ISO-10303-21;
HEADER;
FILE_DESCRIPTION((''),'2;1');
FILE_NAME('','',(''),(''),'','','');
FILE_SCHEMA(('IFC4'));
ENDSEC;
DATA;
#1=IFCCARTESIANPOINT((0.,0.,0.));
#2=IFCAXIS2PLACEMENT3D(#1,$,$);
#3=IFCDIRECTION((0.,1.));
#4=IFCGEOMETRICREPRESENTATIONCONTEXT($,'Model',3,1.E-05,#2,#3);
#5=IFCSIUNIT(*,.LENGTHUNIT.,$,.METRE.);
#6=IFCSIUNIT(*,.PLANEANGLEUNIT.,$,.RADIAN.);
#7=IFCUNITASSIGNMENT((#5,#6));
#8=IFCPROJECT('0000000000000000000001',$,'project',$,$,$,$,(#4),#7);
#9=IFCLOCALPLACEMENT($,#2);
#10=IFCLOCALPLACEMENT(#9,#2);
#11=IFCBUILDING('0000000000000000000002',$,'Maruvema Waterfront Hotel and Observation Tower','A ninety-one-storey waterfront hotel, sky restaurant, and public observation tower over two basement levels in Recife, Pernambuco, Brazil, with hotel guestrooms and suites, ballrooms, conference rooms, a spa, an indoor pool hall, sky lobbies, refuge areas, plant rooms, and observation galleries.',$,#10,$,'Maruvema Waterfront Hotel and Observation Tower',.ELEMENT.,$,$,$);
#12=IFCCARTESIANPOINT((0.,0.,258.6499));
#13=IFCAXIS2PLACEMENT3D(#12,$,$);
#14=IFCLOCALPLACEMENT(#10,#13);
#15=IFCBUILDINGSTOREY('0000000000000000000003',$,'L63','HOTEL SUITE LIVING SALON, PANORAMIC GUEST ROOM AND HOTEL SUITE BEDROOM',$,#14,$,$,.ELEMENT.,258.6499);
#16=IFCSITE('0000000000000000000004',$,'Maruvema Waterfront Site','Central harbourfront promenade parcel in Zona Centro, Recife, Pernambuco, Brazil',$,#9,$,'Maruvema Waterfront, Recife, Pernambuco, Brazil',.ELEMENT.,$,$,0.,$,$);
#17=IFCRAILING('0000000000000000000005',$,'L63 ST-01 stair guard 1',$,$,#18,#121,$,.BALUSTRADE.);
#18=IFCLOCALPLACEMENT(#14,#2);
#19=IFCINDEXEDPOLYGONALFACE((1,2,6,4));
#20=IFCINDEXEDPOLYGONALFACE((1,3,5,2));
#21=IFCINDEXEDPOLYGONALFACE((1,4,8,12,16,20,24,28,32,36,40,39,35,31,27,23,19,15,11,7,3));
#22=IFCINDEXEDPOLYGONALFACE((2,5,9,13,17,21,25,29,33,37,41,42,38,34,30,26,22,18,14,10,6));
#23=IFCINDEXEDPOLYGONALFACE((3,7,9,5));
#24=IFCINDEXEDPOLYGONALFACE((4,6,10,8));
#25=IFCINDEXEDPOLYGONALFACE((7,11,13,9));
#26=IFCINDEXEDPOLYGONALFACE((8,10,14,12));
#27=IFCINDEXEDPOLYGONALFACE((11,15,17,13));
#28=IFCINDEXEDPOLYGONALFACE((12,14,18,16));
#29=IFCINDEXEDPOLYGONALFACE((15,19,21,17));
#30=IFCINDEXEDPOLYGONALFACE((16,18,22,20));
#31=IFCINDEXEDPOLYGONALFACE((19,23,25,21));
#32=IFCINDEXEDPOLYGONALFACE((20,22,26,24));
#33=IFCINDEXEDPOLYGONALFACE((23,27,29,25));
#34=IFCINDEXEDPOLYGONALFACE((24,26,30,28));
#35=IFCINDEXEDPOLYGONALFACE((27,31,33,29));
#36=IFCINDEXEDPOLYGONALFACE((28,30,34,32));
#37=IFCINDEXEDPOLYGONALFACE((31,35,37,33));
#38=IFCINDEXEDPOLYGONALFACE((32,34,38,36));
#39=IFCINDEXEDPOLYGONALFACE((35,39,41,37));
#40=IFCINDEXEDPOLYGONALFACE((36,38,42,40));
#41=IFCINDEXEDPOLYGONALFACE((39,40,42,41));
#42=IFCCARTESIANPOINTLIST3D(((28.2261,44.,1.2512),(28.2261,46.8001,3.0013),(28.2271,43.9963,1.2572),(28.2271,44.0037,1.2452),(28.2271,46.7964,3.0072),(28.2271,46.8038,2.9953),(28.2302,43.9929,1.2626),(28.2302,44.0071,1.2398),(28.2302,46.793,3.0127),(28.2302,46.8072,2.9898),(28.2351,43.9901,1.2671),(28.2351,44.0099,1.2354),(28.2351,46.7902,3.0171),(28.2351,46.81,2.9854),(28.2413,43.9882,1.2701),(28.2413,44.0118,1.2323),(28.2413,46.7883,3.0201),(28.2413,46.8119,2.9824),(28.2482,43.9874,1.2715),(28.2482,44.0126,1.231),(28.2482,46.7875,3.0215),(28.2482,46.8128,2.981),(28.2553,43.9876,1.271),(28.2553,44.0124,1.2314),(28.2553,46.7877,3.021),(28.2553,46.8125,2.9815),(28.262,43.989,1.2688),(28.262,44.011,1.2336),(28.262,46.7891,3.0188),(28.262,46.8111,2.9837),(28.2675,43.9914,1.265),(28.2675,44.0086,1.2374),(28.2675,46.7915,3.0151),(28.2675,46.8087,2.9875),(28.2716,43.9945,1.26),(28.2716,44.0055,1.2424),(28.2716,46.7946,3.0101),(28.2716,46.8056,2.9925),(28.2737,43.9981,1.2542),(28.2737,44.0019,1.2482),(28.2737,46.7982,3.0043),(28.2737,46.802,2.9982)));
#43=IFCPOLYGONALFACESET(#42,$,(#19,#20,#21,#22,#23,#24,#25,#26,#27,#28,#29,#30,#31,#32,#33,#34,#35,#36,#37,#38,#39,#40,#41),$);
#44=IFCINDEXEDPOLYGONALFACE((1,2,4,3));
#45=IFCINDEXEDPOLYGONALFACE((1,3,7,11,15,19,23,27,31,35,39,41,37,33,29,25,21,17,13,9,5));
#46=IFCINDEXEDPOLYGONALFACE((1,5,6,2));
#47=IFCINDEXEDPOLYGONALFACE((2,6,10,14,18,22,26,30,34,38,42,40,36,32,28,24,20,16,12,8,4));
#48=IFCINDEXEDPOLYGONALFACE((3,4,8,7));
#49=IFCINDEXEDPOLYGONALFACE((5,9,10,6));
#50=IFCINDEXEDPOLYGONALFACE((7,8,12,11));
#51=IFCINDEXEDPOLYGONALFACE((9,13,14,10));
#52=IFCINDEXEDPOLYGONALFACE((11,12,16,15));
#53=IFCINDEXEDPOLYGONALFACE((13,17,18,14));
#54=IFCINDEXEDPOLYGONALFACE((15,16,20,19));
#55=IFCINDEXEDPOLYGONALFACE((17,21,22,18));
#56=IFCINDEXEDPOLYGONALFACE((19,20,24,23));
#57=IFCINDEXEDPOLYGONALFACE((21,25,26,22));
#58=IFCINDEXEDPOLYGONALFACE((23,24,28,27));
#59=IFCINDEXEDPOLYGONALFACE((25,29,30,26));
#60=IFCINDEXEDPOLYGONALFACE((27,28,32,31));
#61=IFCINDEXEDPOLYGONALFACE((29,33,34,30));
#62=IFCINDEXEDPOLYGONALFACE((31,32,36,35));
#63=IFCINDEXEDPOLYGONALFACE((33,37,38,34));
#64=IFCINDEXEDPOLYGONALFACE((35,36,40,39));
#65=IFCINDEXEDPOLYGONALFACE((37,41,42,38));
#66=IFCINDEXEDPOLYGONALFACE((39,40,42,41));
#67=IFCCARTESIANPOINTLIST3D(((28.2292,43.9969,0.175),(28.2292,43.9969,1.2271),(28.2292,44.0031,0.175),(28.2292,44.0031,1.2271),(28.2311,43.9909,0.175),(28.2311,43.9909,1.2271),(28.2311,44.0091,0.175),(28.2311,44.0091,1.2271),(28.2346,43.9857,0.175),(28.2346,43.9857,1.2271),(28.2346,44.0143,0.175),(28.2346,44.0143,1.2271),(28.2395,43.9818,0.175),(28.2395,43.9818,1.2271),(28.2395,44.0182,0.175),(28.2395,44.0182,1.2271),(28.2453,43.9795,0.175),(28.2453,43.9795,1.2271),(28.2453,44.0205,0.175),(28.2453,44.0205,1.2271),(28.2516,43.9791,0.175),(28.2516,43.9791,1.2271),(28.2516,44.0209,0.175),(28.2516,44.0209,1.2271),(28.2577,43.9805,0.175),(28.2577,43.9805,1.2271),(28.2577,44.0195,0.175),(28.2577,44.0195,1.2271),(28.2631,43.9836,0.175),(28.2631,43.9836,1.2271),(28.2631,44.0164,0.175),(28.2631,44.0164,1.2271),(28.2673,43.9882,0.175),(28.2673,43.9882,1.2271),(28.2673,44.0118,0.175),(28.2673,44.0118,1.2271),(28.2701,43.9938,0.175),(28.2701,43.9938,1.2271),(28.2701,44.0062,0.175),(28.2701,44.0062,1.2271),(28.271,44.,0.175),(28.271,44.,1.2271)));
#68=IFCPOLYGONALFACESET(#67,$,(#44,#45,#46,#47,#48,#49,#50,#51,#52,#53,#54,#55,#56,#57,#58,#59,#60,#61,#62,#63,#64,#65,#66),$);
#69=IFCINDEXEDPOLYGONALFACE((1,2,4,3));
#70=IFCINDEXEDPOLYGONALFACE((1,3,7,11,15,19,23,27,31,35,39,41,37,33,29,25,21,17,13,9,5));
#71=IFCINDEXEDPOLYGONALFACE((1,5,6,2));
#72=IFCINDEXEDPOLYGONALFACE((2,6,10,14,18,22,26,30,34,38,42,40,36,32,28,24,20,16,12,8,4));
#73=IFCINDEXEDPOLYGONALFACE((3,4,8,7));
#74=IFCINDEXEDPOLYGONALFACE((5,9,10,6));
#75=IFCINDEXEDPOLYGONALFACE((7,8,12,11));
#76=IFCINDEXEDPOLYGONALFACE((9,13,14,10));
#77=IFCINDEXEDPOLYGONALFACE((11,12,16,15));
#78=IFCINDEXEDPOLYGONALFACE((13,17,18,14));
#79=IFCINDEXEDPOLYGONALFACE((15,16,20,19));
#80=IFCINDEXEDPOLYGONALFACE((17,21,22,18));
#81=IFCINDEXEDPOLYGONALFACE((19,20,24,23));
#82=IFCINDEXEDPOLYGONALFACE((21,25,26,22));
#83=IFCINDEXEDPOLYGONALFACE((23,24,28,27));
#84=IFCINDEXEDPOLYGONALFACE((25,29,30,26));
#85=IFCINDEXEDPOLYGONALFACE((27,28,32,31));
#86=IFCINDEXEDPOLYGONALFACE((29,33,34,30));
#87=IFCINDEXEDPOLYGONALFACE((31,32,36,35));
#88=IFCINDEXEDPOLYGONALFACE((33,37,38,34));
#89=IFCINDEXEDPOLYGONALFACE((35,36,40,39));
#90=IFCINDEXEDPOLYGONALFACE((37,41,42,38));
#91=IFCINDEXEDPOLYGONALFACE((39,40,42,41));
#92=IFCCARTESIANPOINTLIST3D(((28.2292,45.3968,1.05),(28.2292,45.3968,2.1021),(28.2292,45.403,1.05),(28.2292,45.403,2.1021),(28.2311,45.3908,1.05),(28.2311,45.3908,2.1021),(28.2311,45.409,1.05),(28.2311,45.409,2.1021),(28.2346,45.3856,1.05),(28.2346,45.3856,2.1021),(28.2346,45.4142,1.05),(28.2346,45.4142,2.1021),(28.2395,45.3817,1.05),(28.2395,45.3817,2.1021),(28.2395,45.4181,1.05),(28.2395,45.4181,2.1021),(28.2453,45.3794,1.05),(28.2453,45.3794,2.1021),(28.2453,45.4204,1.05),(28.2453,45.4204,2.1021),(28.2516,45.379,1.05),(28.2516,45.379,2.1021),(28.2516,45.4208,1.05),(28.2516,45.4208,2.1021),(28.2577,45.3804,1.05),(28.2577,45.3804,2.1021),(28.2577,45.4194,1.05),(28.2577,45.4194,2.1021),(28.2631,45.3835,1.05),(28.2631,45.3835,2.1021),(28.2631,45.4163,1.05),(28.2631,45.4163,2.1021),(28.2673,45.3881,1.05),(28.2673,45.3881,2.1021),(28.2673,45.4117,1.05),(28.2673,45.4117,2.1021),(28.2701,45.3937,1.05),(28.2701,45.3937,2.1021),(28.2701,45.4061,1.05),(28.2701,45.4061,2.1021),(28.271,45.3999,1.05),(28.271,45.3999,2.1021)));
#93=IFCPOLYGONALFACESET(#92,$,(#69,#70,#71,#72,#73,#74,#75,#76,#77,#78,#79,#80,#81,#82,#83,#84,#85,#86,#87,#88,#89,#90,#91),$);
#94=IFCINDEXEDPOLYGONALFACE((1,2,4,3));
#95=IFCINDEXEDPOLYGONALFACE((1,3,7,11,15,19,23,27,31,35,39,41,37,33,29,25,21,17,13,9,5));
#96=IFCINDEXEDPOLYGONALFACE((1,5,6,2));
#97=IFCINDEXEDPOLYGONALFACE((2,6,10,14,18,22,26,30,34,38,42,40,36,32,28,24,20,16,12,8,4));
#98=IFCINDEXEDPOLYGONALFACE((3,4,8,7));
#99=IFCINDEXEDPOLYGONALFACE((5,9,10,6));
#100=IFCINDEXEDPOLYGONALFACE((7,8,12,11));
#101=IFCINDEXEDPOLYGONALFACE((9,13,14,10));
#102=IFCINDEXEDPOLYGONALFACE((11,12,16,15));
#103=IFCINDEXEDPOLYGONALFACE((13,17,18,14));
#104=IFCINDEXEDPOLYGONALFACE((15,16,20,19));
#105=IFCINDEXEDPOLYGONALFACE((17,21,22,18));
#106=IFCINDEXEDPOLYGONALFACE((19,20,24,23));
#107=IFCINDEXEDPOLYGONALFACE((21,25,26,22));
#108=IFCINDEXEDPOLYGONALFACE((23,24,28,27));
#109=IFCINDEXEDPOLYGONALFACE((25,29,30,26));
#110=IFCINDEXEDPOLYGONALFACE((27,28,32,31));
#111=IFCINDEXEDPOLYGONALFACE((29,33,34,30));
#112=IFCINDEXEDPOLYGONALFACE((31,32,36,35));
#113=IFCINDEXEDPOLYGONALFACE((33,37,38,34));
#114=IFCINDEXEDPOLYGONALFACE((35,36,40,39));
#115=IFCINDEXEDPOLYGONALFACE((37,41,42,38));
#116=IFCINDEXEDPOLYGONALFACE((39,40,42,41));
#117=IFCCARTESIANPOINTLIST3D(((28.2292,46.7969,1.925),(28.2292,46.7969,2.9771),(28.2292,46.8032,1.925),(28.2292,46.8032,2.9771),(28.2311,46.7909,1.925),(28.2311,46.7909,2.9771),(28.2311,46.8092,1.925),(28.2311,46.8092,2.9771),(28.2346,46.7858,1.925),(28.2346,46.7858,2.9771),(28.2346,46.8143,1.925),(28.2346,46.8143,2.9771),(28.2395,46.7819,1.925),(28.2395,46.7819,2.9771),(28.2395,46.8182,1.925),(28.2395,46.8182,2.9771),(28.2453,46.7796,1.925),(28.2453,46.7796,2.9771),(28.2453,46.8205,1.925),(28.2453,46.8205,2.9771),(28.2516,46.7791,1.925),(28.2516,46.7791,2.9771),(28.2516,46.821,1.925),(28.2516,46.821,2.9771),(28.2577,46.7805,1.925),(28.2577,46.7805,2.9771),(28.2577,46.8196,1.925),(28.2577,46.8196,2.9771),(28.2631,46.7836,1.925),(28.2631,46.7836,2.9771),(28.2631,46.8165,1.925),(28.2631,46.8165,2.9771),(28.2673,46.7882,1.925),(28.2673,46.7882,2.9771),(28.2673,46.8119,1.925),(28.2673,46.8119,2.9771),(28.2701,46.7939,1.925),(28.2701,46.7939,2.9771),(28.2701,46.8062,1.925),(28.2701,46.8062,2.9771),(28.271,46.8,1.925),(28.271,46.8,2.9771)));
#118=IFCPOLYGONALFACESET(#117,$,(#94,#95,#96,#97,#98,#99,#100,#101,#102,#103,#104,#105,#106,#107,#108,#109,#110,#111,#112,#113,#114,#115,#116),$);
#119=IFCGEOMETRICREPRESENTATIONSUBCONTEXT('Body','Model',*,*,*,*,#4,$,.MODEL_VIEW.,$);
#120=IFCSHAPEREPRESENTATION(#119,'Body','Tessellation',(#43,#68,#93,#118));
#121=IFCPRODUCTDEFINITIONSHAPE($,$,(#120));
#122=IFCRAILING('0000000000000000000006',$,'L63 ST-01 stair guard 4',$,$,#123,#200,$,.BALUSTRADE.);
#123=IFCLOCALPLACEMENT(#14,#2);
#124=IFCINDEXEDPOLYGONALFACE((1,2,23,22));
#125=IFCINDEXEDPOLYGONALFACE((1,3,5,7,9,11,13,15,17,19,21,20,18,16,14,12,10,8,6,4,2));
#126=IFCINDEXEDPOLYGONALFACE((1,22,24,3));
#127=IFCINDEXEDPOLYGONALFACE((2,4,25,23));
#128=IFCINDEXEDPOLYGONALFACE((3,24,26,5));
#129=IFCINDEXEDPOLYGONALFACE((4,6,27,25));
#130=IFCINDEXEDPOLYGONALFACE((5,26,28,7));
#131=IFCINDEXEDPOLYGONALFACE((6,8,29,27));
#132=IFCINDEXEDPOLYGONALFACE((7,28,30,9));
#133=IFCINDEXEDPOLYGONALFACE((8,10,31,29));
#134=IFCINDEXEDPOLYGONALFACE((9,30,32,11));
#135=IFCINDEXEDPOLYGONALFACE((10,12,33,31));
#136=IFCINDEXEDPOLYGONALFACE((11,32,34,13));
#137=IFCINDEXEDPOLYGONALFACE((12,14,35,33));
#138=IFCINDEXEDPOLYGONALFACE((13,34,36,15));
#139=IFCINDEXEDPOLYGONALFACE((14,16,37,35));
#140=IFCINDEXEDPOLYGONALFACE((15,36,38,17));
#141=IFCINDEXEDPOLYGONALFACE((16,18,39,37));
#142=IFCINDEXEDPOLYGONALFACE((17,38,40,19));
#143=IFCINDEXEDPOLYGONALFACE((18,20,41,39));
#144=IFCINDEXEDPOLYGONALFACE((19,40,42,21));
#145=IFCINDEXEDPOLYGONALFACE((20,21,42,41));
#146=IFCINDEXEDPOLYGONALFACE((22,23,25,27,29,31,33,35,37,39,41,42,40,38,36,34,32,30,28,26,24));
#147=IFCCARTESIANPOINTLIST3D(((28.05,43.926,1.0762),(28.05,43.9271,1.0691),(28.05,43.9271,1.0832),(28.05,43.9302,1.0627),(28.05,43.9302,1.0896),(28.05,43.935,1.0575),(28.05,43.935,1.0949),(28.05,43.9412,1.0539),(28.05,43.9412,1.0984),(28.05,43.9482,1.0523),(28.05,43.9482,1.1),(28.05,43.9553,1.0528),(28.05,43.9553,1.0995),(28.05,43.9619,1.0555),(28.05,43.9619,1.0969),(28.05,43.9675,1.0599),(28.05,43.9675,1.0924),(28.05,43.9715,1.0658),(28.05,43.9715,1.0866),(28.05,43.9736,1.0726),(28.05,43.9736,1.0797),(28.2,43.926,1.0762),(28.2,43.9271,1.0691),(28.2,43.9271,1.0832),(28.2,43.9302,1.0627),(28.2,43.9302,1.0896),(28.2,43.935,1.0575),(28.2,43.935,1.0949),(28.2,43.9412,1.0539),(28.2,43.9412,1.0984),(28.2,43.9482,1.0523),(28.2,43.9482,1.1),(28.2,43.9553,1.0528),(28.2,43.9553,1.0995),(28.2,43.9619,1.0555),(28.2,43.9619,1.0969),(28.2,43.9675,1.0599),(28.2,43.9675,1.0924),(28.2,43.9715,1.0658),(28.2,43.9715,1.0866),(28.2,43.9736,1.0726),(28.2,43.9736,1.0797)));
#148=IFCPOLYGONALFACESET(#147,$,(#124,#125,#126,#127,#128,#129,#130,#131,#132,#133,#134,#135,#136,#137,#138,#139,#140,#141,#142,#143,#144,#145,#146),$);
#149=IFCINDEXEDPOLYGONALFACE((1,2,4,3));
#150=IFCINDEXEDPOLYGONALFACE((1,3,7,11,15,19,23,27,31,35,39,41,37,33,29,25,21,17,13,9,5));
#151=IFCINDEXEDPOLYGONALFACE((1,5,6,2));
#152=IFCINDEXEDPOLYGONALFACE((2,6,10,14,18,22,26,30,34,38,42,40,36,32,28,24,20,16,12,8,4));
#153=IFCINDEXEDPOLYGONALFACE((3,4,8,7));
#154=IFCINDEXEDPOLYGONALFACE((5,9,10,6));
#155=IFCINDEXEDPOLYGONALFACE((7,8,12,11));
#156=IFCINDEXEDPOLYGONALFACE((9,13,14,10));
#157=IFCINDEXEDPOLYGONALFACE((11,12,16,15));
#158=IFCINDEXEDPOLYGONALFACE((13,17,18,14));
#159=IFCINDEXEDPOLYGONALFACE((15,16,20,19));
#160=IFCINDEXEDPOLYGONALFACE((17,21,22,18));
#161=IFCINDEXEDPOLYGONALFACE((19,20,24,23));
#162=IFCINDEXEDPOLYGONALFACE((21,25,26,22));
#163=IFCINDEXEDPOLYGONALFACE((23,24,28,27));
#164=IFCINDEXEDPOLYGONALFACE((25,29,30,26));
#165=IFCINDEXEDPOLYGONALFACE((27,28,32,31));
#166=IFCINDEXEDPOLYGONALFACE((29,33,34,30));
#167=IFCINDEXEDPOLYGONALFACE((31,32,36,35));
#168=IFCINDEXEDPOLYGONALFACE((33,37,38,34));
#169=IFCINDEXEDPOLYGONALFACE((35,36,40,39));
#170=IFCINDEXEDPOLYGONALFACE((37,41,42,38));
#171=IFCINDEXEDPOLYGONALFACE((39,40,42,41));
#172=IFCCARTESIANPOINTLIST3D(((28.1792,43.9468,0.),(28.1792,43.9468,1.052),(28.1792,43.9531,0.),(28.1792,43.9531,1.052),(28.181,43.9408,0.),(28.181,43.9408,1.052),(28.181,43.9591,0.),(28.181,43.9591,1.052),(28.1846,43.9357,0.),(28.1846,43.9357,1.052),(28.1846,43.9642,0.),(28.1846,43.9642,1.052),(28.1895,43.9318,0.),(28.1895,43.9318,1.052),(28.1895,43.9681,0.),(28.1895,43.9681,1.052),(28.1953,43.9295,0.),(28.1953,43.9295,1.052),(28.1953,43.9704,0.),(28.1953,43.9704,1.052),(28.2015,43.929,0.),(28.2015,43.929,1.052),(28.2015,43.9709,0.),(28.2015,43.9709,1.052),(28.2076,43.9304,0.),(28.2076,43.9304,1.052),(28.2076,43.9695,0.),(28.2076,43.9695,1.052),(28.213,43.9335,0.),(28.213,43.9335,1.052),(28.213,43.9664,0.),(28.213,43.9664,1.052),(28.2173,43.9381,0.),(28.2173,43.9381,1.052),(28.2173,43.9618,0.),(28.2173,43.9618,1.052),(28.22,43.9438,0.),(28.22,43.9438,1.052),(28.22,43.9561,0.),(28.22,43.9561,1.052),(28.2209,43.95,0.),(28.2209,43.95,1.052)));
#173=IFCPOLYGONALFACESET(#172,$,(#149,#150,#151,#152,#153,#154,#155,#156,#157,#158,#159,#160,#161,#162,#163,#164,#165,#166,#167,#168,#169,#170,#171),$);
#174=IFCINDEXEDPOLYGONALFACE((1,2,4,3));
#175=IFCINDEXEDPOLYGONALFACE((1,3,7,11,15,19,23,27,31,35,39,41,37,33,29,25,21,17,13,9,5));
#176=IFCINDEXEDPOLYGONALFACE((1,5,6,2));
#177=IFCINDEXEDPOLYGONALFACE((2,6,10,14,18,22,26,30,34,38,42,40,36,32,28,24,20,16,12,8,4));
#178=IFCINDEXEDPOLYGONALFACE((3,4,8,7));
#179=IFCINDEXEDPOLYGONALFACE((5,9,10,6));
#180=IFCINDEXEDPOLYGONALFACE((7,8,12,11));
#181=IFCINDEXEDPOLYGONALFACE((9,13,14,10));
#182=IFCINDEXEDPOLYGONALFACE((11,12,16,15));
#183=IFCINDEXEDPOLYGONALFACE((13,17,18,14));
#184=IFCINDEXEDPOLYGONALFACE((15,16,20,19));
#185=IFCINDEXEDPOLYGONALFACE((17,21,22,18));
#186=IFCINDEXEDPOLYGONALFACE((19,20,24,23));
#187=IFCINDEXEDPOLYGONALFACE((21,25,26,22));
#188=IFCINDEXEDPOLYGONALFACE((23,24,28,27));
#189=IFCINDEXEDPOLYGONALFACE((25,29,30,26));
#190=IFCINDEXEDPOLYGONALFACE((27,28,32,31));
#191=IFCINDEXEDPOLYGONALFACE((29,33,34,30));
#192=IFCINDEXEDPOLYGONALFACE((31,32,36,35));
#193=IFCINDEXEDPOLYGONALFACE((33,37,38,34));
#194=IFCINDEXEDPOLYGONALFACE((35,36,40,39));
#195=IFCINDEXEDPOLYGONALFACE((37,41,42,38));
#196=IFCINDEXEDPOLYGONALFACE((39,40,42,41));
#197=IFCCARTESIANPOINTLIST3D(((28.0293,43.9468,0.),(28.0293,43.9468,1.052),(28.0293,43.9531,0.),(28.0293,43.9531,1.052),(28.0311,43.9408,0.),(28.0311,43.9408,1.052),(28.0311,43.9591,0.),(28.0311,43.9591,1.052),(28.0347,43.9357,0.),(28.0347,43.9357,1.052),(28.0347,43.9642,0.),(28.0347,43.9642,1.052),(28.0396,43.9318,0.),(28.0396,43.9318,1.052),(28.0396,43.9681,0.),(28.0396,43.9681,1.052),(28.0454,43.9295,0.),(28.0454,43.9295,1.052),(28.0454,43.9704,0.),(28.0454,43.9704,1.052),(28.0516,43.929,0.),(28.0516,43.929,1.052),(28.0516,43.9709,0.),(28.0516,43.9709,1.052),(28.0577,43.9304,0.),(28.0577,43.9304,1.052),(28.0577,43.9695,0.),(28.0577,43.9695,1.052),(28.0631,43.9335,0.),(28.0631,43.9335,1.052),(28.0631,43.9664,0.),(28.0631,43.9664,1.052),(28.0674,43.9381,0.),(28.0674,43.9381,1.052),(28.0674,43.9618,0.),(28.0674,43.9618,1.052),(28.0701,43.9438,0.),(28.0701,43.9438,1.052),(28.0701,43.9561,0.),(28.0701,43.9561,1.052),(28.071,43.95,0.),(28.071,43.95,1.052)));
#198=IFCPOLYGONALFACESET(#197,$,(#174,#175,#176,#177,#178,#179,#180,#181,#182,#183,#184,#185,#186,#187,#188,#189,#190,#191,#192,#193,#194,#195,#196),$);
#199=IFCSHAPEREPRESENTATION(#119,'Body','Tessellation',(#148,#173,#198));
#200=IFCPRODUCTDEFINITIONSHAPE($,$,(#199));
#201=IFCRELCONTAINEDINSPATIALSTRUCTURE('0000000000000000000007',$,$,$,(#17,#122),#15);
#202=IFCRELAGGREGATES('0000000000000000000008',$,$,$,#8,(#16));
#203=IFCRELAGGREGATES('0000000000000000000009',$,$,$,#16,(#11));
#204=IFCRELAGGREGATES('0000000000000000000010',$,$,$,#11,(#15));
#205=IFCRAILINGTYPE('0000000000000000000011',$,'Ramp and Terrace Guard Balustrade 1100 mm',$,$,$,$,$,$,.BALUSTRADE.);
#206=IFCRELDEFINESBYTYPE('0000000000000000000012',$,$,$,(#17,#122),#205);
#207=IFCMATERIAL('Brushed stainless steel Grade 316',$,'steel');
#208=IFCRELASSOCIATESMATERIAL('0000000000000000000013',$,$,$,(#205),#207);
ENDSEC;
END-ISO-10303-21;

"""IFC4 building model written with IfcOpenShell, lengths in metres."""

from ifc_helpers import new_model, si_unit, direction, frame, origin, origin_2d, place, context, subcontext, project, spatial, circle, extrude, material, type_object, element, save


model = new_model("IFC4")

# Units and contexts
model_context = context("Model", 3, precision=1e-05, world=origin(), true_north=direction((0.0, 1.0)))
body_context = subcontext(model_context, "Body", "Model", "MODEL_VIEW")
ifc_project = project(units=[si_unit("LENGTHUNIT", "METRE"), si_unit("PLANEANGLEUNIT", "RADIAN")], contexts=[model_context])

# Site, building, storey
site_placement = place(None, origin())
site = spatial("IfcSite", under=ifc_project, at=site_placement, Name="Maruvema Waterfront Site", Description="Central harbourfront promenade parcel in Zona Centro, Recife, Pernambuco, Brazil", LongName="Maruvema Waterfront, Recife, Pernambuco, Brazil", CompositionType="ELEMENT", RefElevation=0.0)
building_placement = place(site_placement, origin())
building = spatial("IfcBuilding", under=site, at=building_placement, Name="Maruvema Waterfront Hotel and Observation Tower", Description="A ninety-one-storey waterfront hotel, sky restaurant, and public observation tower over two basement levels in Recife, Pernambuco, Brazil, with hotel guestrooms and suites, ballrooms, conference rooms, a spa, an indoor pool hall, sky lobbies, refuge areas, plant rooms, and observation galleries.", LongName="Maruvema Waterfront Hotel and Observation Tower", CompositionType="ELEMENT")
storey_placement = place(building_placement, frame((0.0, 0.0, 258.6499)))
storey = spatial("IfcBuildingStorey", under=building, at=storey_placement, Name="L63", Description="HOTEL SUITE LIVING SALON, PANORAMIC GUEST ROOM AND HOTEL SUITE BEDROOM", CompositionType="ELEMENT", Elevation=258.6499)

# Railings
ifc_material_1 = material(Name="Brushed stainless steel Grade 316", Category="steel")
railing_type_1 = type_object("IfcRailingType", Name="Ramp and Terrace Guard Balustrade 1100 mm", PredefinedType="BALUSTRADE", material=ifc_material_1)
railing_1_placement = place(storey_placement, frame((28.25, 44.0, 0.175)))
element("IfcRailing", 1, at=railing_1_placement, inside=storey, type_object=railing_type_1, Name="L63 ST-01 stair guard 1", PredefinedType="BALUSTRADE", context=body_context, shape_type="SweptSolid", body=[
    extrude(circle(Radius=0.0239, at=origin_2d()), frame((0.0, 0.0, 1.0762), z_axis=(0.0, 0.848002, 0.529992), x_axis=(-1.0, 0.0, 0.0)), (0.0, 0.0, 1.0), 3.302),
    extrude(circle(Radius=0.021, at=origin_2d()), origin(), (0.0, 0.0, 1.0), 1.052),
    extrude(circle(Radius=0.021, at=origin_2d()), frame((0.0, 1.3999, 0.875)), (0.0, 0.0, 1.0), 1.052),
    extrude(circle(Radius=0.021, at=origin_2d()), frame((0.0, 2.8, 1.75)), (0.0, 0.0, 1.0), 1.052),
])
railing_2_placement = place(storey_placement, frame((28.2, 43.95, 0.0)))
element("IfcRailing", 2, at=railing_2_placement, inside=storey, type_object=railing_type_1, Name="L63 ST-01 stair guard 4", PredefinedType="BALUSTRADE", context=body_context, shape_type="SweptSolid", body=[
    extrude(circle(Radius=0.0239, at=origin_2d()), frame((0.0, 0.0, 1.0762), z_axis=(-1.0, 0.0, 0.0), x_axis=(0.0, -1.0, 0.0)), (0.0, 0.0, 1.0), 0.1499),
    extrude(circle(Radius=0.021, at=origin_2d()), origin(), (0.0, 0.0, 1.0), 1.052),
    extrude(circle(Radius=0.021, at=origin_2d()), frame((-0.1499, 0.0, 0.0)), (0.0, 0.0, 1.0), 1.052),
])

save(model, "model.ifc")
